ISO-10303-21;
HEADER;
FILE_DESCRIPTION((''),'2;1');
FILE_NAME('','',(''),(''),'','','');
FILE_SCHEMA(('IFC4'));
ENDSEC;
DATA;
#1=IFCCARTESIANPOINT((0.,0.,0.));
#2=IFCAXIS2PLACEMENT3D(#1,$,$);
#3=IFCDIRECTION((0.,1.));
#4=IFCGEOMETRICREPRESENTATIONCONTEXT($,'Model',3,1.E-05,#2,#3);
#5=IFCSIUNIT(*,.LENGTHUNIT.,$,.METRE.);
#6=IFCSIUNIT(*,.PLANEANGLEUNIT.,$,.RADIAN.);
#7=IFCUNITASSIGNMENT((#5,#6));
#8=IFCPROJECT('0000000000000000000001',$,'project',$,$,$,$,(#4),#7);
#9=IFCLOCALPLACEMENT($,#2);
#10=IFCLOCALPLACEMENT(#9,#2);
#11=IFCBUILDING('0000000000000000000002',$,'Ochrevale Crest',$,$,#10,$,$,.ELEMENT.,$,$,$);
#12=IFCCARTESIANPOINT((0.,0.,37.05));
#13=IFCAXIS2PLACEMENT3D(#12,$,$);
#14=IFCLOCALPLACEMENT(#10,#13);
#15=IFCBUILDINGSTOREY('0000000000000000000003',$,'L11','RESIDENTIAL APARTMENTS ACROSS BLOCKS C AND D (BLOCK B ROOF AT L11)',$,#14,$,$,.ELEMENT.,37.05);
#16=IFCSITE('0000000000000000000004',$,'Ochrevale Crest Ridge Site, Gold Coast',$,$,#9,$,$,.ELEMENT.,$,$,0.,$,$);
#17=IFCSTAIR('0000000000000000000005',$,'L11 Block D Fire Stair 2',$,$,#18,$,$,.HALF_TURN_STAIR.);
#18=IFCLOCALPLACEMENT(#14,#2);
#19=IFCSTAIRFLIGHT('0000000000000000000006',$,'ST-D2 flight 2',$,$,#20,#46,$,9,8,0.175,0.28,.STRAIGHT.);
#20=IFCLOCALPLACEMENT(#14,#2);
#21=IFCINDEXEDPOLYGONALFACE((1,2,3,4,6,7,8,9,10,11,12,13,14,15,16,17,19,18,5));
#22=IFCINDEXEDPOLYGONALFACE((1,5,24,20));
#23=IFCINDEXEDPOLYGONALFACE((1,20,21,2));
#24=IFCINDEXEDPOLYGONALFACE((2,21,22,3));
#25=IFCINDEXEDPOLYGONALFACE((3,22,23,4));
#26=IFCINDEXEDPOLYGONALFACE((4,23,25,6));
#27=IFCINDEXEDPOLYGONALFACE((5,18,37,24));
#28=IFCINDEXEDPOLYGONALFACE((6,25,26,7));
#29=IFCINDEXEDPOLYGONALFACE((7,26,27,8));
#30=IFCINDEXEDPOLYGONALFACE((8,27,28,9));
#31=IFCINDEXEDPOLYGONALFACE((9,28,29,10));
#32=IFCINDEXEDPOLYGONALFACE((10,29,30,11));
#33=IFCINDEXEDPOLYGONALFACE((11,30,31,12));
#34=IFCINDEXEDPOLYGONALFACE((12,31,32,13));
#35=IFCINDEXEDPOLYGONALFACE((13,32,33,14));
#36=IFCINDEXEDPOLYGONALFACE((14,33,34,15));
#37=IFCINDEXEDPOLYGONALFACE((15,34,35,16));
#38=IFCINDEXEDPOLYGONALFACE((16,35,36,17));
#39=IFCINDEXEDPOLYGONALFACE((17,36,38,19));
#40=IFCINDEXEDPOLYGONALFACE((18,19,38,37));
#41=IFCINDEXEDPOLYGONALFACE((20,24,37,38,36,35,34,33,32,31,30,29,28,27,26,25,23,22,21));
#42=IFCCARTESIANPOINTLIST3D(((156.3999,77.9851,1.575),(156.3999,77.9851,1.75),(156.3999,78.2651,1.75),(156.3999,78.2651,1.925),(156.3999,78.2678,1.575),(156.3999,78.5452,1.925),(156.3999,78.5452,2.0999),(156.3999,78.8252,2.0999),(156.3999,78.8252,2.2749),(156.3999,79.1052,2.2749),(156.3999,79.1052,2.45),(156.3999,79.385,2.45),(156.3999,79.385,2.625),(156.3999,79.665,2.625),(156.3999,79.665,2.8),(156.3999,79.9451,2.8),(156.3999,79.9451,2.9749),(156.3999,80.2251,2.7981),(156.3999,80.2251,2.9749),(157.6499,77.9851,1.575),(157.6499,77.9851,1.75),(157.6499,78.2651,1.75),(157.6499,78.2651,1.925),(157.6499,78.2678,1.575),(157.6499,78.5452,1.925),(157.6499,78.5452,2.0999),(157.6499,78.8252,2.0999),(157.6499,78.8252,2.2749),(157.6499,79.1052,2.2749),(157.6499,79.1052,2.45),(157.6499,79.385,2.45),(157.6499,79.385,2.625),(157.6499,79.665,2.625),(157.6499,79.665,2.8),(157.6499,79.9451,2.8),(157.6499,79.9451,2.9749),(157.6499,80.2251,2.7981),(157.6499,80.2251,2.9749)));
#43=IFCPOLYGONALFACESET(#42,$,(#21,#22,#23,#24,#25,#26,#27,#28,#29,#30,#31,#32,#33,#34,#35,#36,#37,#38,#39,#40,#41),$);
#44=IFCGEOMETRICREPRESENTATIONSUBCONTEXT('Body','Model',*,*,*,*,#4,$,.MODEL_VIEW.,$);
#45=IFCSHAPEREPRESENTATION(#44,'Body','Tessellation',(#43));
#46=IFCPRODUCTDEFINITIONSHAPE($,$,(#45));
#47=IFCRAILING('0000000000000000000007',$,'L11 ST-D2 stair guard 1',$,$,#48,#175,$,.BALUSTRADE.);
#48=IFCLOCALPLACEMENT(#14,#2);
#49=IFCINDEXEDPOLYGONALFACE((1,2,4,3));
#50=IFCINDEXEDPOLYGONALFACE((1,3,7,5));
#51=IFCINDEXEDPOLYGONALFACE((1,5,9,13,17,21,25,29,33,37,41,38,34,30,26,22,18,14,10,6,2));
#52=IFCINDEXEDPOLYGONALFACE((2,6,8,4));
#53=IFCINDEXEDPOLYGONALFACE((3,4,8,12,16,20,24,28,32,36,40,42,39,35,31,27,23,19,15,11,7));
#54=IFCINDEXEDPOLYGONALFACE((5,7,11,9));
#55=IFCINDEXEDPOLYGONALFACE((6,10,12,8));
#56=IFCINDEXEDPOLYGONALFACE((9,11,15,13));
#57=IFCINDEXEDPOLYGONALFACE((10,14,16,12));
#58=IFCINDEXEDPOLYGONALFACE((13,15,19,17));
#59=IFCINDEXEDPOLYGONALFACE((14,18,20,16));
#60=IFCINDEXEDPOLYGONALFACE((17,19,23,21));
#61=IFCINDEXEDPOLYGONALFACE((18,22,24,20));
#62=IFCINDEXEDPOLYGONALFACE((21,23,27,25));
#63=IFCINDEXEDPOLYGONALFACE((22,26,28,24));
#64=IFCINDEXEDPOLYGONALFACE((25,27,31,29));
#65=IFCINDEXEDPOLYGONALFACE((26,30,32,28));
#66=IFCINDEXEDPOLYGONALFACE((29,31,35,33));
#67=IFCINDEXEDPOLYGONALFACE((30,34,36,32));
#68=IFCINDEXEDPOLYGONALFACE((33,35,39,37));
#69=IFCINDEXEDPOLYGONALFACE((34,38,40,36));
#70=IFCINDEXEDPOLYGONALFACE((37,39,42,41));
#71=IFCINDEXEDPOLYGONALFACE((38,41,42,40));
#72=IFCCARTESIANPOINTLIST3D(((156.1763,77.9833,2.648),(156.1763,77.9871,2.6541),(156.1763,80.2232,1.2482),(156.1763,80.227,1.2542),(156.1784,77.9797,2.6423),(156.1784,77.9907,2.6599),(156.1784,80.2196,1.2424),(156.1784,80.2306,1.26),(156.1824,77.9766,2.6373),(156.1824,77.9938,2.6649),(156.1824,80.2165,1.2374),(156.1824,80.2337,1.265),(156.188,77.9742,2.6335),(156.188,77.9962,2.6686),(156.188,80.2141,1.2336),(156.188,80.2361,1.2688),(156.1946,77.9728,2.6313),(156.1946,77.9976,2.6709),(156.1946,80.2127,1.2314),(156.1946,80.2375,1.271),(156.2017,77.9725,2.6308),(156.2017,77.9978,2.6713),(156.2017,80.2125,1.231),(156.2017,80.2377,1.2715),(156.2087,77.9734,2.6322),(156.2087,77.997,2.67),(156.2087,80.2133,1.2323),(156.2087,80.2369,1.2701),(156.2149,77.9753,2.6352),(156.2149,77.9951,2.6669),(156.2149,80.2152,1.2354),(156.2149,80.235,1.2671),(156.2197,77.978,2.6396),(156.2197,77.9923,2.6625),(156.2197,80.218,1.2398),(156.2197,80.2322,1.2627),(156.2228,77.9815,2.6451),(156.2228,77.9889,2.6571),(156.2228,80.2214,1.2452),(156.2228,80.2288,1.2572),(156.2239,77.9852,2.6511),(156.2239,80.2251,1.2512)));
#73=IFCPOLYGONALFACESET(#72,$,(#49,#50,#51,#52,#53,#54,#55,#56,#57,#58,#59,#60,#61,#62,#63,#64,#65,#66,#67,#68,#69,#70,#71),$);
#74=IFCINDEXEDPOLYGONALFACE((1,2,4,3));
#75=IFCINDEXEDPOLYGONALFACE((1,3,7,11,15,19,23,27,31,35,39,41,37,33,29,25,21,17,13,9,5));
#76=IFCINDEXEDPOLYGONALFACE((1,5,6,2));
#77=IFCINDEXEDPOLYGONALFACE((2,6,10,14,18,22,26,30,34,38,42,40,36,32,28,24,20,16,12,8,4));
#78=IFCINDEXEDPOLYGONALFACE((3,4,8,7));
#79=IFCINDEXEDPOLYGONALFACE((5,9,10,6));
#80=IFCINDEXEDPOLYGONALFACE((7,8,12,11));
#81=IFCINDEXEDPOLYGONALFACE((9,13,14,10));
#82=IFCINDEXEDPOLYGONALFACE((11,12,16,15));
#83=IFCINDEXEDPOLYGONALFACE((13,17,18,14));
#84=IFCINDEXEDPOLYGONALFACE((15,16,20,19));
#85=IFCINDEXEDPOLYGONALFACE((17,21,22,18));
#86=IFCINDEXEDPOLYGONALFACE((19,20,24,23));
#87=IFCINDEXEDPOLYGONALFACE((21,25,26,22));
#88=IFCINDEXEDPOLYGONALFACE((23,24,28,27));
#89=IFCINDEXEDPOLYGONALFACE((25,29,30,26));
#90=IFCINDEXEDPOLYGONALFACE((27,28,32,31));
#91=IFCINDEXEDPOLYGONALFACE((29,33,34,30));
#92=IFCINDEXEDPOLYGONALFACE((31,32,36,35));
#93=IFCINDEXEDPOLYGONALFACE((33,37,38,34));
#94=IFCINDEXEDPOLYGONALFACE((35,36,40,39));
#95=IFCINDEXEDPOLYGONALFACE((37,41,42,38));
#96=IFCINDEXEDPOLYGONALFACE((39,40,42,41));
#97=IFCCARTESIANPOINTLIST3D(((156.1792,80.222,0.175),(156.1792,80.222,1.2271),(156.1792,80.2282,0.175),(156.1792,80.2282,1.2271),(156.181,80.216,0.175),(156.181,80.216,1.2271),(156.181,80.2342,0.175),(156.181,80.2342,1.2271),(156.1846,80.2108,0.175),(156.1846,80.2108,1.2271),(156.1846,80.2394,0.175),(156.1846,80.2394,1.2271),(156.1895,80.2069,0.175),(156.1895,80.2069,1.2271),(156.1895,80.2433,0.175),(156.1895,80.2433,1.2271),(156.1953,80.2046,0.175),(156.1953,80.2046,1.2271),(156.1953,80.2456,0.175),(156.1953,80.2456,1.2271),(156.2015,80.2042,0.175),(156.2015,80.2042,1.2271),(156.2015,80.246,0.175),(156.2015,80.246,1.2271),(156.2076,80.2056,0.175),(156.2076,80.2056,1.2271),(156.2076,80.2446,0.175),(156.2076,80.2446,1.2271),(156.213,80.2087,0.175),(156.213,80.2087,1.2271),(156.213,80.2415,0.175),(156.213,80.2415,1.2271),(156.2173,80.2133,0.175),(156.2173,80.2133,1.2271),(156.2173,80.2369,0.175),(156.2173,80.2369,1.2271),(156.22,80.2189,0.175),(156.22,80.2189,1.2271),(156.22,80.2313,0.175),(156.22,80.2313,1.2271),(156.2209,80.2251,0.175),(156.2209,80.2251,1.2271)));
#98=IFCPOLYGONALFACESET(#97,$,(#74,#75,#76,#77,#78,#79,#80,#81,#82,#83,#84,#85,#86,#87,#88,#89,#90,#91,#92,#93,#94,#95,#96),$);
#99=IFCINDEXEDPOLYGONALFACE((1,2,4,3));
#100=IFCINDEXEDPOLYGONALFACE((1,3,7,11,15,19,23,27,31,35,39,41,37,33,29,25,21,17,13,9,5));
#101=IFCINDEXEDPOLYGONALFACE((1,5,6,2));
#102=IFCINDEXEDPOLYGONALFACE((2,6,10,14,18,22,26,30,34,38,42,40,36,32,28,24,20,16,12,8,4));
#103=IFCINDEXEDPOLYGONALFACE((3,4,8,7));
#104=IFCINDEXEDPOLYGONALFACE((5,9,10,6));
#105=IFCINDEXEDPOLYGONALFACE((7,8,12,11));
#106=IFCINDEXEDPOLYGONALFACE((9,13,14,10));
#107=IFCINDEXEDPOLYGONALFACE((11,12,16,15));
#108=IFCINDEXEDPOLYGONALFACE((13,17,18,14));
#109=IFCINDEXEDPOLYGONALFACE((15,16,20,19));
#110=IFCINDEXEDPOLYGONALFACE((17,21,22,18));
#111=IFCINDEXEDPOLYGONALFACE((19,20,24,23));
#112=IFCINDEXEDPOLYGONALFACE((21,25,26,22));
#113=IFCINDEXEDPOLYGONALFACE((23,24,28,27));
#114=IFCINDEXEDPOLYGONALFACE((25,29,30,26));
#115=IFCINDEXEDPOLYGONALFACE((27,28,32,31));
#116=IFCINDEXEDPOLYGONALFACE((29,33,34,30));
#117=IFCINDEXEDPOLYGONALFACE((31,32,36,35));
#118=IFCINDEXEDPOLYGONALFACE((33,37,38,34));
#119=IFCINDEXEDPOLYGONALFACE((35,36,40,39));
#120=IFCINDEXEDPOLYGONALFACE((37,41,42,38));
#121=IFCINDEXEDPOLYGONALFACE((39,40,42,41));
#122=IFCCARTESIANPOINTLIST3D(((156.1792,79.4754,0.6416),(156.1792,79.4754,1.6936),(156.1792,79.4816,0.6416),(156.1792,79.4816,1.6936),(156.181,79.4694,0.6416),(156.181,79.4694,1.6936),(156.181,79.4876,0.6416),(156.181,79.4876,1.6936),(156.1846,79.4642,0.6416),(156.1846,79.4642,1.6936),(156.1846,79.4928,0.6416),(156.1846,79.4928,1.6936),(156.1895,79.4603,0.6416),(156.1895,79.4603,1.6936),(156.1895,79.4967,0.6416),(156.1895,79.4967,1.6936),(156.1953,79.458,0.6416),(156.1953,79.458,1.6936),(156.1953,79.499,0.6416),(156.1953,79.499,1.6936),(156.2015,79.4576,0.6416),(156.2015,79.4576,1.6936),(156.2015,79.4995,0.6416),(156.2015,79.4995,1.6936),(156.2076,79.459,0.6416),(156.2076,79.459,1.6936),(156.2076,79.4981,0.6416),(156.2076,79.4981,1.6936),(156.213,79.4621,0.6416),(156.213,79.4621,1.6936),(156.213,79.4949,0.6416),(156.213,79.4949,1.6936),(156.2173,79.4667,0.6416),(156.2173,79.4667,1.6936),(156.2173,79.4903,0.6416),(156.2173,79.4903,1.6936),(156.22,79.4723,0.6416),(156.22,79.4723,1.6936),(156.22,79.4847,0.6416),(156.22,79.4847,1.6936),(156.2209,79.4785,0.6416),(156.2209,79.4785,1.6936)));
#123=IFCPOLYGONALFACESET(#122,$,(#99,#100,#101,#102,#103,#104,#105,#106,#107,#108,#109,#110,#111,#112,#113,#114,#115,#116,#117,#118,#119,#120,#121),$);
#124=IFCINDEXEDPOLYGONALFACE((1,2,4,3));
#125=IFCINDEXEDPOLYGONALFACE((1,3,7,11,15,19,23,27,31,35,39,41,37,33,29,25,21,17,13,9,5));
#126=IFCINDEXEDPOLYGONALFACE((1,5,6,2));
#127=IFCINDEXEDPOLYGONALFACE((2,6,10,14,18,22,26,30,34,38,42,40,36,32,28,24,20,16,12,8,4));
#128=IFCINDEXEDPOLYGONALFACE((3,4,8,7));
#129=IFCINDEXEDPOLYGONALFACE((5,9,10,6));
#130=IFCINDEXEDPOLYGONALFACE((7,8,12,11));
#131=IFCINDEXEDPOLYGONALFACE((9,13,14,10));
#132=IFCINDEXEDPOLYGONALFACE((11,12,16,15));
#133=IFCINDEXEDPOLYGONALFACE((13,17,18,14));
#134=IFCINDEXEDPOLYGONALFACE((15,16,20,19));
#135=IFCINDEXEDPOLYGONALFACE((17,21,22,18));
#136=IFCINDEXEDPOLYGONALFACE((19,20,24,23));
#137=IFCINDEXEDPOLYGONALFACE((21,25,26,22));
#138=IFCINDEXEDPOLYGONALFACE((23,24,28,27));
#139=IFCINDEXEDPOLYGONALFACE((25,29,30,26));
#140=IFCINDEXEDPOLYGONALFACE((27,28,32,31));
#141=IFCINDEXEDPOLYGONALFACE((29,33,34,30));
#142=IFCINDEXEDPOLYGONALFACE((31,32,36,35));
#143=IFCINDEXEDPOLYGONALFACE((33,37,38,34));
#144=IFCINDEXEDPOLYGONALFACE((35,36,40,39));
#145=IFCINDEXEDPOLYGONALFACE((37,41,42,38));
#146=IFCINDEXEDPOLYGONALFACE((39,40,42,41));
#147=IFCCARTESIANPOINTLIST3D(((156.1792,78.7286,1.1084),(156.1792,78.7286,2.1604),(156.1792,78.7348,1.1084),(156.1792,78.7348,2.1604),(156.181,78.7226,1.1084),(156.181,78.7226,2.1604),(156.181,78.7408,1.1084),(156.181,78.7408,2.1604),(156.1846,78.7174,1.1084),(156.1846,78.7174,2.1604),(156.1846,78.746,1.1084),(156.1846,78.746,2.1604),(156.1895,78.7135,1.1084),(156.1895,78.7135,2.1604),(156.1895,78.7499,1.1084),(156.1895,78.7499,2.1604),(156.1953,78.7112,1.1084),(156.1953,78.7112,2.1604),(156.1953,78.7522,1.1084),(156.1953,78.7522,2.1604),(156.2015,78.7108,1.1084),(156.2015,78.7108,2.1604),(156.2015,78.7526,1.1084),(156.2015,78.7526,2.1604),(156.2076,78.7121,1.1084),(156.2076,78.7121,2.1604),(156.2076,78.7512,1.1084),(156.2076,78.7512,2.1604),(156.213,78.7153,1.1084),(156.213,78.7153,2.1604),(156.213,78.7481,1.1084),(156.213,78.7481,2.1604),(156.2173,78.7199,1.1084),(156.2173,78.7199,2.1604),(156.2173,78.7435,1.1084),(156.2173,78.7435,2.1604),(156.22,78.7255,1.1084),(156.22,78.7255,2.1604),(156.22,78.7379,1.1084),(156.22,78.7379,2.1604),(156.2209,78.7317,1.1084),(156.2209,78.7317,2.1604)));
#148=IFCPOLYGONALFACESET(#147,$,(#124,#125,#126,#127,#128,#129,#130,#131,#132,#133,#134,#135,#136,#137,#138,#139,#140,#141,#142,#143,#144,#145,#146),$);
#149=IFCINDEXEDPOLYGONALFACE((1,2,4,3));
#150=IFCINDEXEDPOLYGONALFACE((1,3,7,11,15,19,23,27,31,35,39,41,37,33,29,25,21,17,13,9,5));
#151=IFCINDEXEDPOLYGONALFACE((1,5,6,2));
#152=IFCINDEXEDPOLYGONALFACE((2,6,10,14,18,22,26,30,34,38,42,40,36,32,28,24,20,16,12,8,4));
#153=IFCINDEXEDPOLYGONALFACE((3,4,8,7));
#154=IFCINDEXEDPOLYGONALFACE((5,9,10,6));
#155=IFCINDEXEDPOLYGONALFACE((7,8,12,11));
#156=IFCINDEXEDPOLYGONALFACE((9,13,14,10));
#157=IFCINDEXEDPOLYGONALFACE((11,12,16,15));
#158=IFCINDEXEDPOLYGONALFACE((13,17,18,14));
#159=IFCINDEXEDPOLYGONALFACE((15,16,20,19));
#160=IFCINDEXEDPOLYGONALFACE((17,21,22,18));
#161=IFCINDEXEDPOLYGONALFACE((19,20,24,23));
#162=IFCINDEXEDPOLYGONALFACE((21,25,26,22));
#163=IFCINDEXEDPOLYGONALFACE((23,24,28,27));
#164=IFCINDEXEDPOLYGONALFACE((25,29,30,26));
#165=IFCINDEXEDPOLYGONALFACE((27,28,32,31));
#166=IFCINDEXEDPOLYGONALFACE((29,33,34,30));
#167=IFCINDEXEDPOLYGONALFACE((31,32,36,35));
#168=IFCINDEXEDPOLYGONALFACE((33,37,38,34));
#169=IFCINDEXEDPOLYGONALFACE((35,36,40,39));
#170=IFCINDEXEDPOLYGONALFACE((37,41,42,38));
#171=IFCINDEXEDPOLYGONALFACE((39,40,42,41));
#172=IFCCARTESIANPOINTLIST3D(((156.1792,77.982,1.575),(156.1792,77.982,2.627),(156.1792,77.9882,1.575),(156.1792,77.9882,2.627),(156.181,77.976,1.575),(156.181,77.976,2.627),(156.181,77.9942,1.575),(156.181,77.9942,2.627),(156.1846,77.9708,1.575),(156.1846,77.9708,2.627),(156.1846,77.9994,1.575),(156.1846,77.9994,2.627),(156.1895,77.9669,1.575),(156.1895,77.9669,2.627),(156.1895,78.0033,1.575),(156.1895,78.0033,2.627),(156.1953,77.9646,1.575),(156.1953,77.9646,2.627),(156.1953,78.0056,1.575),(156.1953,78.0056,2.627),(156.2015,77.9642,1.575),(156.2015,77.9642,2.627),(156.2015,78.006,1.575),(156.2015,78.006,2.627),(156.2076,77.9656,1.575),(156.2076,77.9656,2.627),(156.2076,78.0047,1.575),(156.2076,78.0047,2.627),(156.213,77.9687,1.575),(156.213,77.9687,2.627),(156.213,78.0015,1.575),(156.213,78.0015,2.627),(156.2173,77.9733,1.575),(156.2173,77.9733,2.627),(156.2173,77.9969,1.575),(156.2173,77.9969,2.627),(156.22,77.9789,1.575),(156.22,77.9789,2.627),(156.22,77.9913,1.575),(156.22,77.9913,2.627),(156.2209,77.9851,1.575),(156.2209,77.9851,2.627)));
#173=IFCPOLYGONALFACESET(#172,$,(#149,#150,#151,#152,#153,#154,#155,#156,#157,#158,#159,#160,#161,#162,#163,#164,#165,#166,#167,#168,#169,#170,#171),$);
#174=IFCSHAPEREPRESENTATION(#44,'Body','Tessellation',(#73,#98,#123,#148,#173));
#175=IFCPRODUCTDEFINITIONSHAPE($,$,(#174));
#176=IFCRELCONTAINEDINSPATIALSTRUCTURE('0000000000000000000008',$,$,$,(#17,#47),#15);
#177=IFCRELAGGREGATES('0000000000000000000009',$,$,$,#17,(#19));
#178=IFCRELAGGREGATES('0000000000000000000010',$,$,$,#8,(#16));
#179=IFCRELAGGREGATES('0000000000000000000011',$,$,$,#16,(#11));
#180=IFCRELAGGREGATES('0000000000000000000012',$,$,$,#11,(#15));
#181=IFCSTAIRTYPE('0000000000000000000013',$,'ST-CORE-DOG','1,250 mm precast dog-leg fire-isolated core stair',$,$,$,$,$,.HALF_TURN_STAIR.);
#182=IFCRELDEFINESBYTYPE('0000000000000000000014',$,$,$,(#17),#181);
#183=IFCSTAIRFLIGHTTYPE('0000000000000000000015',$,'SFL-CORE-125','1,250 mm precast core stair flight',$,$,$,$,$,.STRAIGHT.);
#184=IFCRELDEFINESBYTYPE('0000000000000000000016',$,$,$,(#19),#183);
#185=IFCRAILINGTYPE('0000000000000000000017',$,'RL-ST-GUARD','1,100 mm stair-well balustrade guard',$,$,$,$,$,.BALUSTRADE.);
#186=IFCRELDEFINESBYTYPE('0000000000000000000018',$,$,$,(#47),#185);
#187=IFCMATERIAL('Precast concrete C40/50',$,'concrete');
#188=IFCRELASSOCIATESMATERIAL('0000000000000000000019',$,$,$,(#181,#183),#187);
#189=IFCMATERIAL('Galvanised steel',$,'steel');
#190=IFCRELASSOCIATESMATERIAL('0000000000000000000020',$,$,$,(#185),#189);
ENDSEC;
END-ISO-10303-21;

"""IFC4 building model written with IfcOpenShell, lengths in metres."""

from ifc_helpers import new_model, si_unit, direction, frame, origin, origin_2d, place, context, subcontext, project, spatial, polyline, circle, outline, extrude, material, type_object, element, aggregate, save


model = new_model("IFC4")

# Units and contexts
model_context = context("Model", 3, precision=1e-05, world=origin(), true_north=direction((0.0, 1.0)))
body_context = subcontext(model_context, "Body", "Model", "MODEL_VIEW")
ifc_project = project(units=[si_unit("LENGTHUNIT", "METRE"), si_unit("PLANEANGLEUNIT", "RADIAN")], contexts=[model_context])

# Site, building, storey
site_placement = place(None, origin())
site = spatial("IfcSite", under=ifc_project, at=site_placement, Name="Ochrevale Crest Ridge Site, Gold Coast", CompositionType="ELEMENT", RefElevation=0.0)
building_placement = place(site_placement, origin())
building = spatial("IfcBuilding", under=site, at=building_placement, Name="Ochrevale Crest", CompositionType="ELEMENT")
storey_placement = place(building_placement, frame((0.0, 0.0, 37.05)))
storey = spatial("IfcBuildingStorey", under=building, at=storey_placement, Name="L11", Description="RESIDENTIAL APARTMENTS ACROSS BLOCKS C AND D (BLOCK B ROOF AT L11)", CompositionType="ELEMENT", Elevation=37.05)

# Stair, stair flight
ifc_material_1 = material(Name="Precast concrete C40/50", Category="concrete")
stair_type = type_object("IfcStairType", Name="ST-CORE-DOG", Description="1,250 mm precast dog-leg fire-isolated core stair", PredefinedType="HALF_TURN_STAIR", material=ifc_material_1)
stair_placement = place(storey_placement, origin())
stair = element("IfcStair", 1, at=stair_placement, inside=storey, type_object=stair_type, Name="L11 Block D Fire Stair 2", PredefinedType="HALF_TURN_STAIR")
stair_flight_type = type_object("IfcStairFlightType", Name="SFL-CORE-125", Description="1,250 mm precast core stair flight", PredefinedType="STRAIGHT", material=ifc_material_1)
stair_flight_1_placement = place(storey_placement, frame((157.0249, 77.9851, 1.575), z_axis=(0.0, 0.0, 1.0), x_axis=(0.0, 1.0, 0.0)))
stair_flight_1 = element("IfcStairFlight", 2, at=stair_flight_1_placement, type_object=stair_flight_type, Name="ST-D2 flight 2", NumberOfRisers=9, NumberOfTreads=8, PredefinedType="STRAIGHT", RiserHeight=0.175, TreadLength=0.28, context=body_context, shape_type="SweptSolid", body=[
    extrude(outline(polyline([(0.0, 0.0), (0.0, 0.175), (0.28, 0.175), (0.28, 0.3501), (0.5601, 0.3501), (0.5601, 0.5249), (0.8401, 0.5249), (0.8401, 0.7), (1.1201, 0.7), (1.1201, 0.875), (1.3999, 0.875), (1.3999, 1.05), (1.6799, 1.05), (1.6799, 1.2251), (1.96, 1.2251), (1.96, 1.3999), (2.24, 1.3999), (2.24, 1.575), (2.24, 1.2231), (0.2827, 0.0), (0.0, 0.0)])), frame((0.0, 0.625, 0.0), z_axis=(0.0, -1.0, 0.0), x_axis=(1.0, 0.0, 0.0)), (0.0, 0.0, 1.0), 1.25),
])
aggregate(stair, [stair_flight_1])

# Railing
ifc_material_2 = material(Name="Galvanised steel", Category="steel")
railing_type_1 = type_object("IfcRailingType", Name="RL-ST-GUARD", Description="1,100 mm stair-well balustrade guard", PredefinedType="BALUSTRADE", material=ifc_material_2)
railing_1_placement = place(storey_placement, frame((156.2, 80.2251, 0.175)))
element("IfcRailing", 3, at=railing_1_placement, inside=storey, type_object=railing_type_1, Name="L11 ST-D2 stair guard 1", PredefinedType="BALUSTRADE", context=body_context, shape_type="SweptSolid", body=[
    extrude(circle(Radius=0.0239, at=origin_2d()), frame((0.0, 0.0, 1.0762), z_axis=(0.0, -0.848014, 0.529974), x_axis=(1.0, 0.0, 0.0)), (0.0, 0.0, 1.0), 2.6414),
    extrude(circle(Radius=0.021, at=origin_2d()), origin(), (0.0, 0.0, 1.0), 1.052),
    extrude(circle(Radius=0.021, at=origin_2d()), frame((0.0, -0.7466, 0.4666)), (0.0, 0.0, 1.0), 1.052),
    extrude(circle(Radius=0.021, at=origin_2d()), frame((0.0, -1.4934, 0.9333)), (0.0, 0.0, 1.0), 1.052),
    extrude(circle(Radius=0.021, at=origin_2d()), frame((0.0, -2.24, 1.3999)), (0.0, 0.0, 1.0), 1.052),
])

save(model, "model.ifc")
